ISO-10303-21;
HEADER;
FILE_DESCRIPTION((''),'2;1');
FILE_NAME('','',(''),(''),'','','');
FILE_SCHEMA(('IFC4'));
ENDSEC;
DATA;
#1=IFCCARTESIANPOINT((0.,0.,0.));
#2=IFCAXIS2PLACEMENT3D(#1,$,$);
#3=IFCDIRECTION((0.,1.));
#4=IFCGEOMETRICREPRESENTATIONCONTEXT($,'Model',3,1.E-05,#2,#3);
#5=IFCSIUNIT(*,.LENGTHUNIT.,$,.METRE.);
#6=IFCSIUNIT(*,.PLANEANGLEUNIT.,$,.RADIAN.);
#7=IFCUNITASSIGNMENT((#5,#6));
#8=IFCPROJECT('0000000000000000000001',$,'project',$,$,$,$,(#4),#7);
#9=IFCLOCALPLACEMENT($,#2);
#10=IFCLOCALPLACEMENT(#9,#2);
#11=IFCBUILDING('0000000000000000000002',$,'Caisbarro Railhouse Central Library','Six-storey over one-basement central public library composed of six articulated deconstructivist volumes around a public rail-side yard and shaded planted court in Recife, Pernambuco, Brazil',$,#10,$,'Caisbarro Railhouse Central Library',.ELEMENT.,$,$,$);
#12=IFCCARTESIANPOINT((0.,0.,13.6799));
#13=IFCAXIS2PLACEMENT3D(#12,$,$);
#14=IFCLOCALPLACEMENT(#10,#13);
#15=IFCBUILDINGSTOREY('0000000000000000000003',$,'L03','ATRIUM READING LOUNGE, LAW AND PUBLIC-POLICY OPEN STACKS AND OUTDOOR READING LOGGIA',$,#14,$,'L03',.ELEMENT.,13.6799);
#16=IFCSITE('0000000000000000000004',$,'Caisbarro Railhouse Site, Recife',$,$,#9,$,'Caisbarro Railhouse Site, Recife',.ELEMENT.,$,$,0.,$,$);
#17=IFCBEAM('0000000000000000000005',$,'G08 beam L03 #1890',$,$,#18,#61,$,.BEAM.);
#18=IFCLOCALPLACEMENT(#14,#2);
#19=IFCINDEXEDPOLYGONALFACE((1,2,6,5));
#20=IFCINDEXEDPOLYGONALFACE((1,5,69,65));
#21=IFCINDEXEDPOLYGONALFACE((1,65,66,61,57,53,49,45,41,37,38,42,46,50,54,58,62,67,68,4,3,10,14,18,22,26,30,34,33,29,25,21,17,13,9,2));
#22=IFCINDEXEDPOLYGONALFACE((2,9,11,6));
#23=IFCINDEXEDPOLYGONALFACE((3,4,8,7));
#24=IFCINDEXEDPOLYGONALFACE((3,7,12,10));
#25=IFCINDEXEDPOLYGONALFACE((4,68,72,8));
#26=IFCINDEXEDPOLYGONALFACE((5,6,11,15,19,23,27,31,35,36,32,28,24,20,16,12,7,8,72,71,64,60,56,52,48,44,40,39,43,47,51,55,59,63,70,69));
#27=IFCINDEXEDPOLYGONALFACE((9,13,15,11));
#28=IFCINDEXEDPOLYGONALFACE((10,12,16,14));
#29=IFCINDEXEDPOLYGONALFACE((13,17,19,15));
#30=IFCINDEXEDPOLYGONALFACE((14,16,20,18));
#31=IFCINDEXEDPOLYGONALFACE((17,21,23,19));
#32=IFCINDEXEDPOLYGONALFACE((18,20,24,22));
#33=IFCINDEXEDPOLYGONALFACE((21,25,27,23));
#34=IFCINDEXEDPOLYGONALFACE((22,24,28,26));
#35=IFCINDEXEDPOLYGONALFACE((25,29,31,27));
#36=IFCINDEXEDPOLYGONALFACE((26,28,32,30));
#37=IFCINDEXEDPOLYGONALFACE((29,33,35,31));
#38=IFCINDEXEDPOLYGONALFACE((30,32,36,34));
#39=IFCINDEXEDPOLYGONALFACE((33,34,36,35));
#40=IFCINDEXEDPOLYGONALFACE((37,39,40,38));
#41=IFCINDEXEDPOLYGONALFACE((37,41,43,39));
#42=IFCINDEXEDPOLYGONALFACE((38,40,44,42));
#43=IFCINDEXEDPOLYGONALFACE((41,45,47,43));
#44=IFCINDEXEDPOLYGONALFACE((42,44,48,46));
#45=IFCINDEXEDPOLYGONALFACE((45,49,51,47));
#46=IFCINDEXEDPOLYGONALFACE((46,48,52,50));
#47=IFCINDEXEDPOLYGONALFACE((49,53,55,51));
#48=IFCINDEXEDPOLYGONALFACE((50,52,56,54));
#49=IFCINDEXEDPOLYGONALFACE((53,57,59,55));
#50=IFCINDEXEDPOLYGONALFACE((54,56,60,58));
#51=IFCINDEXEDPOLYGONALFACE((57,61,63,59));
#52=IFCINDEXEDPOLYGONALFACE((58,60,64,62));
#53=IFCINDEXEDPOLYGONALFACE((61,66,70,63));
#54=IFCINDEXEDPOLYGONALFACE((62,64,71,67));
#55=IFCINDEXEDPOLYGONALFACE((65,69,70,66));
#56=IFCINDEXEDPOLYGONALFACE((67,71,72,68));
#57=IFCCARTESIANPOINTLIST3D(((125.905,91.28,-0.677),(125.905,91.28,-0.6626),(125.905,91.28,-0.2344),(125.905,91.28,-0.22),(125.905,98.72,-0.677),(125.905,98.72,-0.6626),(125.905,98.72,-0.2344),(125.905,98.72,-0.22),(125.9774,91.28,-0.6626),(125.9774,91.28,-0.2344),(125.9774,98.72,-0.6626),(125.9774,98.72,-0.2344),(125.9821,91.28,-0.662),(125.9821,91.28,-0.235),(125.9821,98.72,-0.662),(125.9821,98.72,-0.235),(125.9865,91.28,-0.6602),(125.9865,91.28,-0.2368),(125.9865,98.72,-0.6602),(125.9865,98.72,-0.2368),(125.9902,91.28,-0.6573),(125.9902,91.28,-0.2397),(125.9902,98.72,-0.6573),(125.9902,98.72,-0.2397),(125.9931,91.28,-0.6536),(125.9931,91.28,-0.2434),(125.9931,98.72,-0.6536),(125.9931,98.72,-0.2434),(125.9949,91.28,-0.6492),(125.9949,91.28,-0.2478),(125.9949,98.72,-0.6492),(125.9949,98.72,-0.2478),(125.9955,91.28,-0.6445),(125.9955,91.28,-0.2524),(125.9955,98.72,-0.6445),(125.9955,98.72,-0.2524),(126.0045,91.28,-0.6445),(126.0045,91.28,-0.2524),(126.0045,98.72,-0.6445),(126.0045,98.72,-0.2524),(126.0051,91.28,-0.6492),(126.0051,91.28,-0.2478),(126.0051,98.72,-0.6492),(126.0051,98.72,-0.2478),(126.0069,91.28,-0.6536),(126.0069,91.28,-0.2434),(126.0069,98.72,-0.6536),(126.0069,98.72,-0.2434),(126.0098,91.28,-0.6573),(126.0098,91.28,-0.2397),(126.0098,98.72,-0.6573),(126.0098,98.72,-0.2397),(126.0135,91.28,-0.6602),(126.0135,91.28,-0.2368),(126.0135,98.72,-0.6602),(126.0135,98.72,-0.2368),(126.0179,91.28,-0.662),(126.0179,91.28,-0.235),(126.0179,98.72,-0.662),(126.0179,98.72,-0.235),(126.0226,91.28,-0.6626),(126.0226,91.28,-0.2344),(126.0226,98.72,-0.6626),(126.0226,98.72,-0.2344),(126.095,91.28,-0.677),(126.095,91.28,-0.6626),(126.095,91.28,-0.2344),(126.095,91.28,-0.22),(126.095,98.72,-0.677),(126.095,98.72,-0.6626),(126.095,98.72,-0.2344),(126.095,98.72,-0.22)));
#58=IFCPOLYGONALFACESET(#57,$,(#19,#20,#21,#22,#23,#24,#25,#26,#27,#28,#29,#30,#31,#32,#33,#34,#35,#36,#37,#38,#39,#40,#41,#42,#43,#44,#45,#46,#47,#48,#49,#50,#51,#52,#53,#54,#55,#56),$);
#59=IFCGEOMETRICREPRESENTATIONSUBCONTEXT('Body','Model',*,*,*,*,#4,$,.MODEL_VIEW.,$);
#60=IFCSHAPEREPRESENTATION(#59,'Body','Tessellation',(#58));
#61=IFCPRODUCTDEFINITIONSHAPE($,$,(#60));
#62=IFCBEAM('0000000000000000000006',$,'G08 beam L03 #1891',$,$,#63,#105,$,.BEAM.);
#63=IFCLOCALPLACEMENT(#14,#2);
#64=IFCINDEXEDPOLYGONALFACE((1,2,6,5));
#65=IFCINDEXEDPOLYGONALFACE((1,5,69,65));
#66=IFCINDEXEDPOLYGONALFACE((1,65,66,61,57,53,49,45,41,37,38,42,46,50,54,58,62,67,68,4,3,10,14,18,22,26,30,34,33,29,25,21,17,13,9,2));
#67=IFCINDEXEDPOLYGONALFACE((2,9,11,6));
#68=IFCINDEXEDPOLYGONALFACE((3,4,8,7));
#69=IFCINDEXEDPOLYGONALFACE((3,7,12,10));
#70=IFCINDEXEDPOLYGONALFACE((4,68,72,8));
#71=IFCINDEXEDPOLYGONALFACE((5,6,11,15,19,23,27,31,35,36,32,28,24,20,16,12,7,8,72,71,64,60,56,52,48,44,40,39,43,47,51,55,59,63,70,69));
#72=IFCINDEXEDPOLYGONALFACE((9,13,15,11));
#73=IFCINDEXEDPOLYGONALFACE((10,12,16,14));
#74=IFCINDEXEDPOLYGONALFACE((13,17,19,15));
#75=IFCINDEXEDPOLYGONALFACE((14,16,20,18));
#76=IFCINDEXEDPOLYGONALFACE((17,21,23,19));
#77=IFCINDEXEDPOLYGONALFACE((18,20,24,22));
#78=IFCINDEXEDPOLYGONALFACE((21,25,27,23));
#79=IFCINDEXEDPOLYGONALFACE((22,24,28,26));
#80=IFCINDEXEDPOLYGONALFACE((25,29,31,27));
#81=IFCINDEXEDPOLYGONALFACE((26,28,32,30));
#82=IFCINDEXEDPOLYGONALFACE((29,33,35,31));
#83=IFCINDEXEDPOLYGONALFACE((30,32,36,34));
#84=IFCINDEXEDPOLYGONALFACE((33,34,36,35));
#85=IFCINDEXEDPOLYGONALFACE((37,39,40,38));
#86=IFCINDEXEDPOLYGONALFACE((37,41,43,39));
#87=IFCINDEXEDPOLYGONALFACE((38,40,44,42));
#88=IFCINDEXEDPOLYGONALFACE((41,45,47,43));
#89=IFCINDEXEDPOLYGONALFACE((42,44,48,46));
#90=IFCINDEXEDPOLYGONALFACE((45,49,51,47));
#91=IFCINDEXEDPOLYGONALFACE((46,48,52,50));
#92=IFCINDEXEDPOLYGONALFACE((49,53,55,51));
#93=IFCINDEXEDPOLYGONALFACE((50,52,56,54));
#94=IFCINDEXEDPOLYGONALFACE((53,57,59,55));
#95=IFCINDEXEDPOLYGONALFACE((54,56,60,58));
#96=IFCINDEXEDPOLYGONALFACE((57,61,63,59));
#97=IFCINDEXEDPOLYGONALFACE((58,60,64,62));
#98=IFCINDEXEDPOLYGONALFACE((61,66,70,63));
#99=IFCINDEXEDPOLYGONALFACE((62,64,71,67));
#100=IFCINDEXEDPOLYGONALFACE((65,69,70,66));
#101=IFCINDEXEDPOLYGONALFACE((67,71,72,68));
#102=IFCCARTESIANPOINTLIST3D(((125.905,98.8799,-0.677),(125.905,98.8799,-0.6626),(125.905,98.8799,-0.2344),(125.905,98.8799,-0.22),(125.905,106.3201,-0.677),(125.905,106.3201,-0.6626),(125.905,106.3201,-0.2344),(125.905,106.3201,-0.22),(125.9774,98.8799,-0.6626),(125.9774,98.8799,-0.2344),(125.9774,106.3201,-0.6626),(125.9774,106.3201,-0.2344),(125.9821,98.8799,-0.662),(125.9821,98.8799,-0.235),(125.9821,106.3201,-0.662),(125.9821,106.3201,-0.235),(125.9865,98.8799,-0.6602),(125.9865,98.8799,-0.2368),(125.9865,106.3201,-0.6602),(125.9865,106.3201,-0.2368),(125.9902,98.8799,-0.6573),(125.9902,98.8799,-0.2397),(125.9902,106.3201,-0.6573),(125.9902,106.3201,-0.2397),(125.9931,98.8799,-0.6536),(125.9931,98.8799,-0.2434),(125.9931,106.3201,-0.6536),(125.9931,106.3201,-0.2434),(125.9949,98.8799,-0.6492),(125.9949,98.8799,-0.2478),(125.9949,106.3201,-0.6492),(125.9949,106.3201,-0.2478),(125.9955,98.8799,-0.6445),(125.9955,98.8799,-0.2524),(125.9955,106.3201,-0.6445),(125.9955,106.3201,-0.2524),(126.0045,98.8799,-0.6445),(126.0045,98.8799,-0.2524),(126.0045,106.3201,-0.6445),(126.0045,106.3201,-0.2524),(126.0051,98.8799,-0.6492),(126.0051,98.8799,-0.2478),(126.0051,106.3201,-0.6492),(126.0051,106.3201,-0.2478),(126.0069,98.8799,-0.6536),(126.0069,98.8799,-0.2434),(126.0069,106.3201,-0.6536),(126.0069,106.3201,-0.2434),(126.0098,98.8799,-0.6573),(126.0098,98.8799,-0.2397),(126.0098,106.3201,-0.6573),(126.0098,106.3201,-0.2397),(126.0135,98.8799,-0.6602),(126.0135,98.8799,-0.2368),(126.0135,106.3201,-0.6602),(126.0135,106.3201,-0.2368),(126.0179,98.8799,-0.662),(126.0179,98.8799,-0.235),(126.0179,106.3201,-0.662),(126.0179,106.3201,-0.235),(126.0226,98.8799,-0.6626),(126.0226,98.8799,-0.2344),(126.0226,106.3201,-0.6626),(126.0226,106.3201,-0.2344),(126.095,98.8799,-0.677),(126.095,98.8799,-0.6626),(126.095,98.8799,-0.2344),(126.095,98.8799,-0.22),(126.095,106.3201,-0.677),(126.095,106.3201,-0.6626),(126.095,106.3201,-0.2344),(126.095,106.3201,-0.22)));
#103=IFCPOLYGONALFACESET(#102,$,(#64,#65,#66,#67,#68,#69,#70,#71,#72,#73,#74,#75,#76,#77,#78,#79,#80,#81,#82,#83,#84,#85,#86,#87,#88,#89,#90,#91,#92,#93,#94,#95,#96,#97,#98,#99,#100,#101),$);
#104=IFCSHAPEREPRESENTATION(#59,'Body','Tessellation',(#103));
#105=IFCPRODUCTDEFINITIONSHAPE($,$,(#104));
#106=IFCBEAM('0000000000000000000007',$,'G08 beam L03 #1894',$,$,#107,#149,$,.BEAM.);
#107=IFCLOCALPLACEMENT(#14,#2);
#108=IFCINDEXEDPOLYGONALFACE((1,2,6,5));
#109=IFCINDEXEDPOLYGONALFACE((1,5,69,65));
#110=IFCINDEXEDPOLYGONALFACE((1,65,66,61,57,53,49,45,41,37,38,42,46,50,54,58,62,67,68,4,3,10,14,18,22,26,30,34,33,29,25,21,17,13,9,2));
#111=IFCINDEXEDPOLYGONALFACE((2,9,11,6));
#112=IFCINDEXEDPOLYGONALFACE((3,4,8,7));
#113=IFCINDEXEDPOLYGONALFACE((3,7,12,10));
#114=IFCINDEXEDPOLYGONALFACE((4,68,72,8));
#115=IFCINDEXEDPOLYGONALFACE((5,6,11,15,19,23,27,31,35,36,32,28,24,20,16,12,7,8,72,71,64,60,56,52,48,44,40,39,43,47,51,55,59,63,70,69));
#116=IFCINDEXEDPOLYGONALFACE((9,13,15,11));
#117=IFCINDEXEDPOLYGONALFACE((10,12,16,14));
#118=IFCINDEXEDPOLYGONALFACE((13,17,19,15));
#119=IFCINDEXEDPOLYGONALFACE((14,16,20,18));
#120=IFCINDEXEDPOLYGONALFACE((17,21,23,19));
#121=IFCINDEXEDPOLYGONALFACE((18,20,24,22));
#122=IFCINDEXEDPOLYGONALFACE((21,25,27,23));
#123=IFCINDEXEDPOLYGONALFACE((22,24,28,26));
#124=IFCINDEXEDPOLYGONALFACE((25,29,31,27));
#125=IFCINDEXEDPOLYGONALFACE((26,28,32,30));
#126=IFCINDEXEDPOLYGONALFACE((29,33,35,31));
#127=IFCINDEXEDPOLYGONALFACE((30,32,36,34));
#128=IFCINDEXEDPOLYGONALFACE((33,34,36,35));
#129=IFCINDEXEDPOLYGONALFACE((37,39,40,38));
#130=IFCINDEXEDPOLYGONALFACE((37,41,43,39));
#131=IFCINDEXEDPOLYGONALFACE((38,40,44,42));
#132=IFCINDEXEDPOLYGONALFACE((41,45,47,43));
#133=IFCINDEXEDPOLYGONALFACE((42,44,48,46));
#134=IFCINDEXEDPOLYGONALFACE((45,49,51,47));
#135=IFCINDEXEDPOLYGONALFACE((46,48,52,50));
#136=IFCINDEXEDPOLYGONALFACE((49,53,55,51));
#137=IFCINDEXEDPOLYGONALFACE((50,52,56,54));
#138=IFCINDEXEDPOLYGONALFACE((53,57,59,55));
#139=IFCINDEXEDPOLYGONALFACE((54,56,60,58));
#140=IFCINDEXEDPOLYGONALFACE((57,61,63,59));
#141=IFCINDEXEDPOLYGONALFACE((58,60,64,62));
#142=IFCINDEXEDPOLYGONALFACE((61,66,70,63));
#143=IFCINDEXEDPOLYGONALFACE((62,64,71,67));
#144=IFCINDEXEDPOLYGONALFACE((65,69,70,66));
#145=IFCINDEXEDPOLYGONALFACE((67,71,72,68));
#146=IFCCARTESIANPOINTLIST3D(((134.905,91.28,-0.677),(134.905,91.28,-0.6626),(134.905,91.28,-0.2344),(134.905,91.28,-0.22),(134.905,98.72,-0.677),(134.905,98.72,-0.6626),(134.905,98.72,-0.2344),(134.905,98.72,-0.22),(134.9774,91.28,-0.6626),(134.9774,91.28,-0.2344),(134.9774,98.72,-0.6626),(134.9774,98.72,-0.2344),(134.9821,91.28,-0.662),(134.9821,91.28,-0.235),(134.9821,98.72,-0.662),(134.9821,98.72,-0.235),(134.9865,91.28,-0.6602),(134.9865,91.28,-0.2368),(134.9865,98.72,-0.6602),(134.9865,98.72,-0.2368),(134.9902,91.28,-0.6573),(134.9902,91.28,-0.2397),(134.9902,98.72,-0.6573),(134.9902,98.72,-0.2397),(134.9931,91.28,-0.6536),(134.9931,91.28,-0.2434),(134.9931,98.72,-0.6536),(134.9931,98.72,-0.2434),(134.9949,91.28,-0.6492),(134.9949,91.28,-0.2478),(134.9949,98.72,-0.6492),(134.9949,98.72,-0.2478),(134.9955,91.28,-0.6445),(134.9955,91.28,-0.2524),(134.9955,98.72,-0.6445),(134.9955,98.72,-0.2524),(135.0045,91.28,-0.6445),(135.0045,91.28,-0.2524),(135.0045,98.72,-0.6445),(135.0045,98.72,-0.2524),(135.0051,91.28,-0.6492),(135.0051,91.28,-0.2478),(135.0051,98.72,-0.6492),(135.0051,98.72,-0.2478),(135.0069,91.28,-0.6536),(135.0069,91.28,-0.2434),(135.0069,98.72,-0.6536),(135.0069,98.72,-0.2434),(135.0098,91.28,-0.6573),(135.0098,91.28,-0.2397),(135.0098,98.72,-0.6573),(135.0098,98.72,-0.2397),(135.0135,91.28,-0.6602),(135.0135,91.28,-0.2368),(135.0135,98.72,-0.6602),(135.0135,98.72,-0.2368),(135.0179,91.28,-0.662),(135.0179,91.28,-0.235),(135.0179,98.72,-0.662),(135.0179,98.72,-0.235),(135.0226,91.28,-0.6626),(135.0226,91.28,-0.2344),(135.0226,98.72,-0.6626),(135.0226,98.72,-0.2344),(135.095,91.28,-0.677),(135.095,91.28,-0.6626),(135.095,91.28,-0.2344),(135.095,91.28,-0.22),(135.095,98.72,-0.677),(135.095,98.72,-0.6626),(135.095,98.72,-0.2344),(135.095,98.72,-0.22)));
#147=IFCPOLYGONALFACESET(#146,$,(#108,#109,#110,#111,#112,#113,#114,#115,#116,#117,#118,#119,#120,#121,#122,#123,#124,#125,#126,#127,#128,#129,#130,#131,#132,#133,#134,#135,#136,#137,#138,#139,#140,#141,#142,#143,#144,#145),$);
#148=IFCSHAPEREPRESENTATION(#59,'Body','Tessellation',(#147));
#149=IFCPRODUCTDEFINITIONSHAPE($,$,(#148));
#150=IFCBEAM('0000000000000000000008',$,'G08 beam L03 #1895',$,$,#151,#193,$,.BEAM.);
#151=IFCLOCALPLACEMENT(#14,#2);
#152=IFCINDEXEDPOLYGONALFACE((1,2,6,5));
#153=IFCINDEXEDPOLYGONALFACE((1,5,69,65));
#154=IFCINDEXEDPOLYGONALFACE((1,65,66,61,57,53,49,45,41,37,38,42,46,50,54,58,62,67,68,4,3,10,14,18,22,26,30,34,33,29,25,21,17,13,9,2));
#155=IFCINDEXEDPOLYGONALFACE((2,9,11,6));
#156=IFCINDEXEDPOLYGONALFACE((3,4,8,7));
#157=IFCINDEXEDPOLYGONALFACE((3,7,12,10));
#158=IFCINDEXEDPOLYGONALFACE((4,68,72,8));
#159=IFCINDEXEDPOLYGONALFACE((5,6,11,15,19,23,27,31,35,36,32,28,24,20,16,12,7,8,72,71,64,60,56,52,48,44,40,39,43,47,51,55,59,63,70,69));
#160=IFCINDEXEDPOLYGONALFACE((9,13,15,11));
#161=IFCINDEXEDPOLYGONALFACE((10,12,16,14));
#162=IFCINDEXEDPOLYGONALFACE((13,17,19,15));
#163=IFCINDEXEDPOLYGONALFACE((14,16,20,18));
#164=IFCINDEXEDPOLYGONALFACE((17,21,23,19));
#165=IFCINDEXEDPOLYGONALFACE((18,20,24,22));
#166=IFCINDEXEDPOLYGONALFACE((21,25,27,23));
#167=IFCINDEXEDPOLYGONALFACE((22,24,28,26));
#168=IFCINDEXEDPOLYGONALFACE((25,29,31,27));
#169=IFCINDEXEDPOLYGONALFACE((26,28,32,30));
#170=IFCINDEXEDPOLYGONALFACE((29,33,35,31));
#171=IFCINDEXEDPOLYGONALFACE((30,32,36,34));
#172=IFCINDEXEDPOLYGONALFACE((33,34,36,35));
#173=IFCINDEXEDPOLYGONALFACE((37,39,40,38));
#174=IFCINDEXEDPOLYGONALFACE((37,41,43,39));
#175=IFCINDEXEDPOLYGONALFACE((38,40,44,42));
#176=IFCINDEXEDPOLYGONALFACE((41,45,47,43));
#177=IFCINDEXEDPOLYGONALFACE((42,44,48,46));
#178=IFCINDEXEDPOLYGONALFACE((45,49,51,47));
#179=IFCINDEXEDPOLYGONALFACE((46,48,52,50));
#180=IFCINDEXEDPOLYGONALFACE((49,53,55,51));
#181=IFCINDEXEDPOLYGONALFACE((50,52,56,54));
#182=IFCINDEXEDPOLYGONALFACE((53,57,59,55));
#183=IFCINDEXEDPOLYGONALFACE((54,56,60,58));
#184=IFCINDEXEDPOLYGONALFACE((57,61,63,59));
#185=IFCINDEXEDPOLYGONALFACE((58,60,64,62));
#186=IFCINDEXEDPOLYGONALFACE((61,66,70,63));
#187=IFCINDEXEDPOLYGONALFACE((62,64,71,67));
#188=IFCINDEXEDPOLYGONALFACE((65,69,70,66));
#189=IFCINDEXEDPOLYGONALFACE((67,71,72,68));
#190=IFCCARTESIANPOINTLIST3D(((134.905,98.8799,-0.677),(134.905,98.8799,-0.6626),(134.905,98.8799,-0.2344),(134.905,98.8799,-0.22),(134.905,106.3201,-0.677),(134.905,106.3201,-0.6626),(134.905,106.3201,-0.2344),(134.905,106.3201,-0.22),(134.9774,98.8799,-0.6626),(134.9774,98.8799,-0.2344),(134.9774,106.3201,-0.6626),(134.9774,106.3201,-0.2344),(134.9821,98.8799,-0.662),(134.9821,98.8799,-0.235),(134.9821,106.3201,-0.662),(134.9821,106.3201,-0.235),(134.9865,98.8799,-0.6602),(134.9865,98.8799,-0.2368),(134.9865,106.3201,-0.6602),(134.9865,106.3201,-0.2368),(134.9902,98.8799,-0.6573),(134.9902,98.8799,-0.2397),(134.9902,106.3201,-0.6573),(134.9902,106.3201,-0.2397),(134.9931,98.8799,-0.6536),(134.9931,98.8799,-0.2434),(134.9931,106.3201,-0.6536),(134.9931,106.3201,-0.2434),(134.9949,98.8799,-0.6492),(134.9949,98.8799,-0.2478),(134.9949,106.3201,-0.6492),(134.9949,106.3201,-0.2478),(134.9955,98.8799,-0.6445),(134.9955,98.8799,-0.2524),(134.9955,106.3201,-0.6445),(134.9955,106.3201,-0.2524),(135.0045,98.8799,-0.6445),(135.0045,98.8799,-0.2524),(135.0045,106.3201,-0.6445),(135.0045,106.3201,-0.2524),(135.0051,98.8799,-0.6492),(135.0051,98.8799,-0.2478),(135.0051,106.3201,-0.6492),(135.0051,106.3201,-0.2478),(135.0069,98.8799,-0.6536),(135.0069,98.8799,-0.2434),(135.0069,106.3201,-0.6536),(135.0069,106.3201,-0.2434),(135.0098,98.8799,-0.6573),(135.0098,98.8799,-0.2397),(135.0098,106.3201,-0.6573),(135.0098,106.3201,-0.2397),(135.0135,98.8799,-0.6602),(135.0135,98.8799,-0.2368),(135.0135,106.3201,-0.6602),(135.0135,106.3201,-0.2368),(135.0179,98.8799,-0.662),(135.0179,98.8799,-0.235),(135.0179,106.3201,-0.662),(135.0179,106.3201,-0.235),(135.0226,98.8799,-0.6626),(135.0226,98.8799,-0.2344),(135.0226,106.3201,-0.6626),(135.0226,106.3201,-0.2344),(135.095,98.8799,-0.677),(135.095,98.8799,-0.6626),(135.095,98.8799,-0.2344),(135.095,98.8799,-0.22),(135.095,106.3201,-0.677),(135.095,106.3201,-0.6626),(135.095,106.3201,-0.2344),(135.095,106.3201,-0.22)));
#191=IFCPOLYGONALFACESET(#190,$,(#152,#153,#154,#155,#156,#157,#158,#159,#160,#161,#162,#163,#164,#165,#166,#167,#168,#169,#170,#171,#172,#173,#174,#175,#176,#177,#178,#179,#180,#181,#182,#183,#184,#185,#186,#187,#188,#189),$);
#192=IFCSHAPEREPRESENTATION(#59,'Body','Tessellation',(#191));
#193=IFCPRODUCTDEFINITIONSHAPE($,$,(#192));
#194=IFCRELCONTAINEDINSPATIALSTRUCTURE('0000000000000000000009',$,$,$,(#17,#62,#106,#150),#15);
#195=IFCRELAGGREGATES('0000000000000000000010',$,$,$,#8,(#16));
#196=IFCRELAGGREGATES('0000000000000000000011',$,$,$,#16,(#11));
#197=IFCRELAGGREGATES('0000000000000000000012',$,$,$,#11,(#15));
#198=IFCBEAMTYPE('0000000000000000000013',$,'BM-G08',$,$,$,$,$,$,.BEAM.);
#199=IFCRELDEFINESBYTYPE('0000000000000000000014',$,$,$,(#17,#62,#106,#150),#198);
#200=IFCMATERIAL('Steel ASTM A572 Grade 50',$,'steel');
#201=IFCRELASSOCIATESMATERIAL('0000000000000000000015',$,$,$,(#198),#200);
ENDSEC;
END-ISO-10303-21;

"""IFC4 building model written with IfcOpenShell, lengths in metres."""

from ifc_helpers import new_model, si_unit, direction, frame, origin, origin_2d, place, context, subcontext, project, spatial, i_section, extrude, material, material_profile, profile_set, type_object, element, save


model = new_model("IFC4")

# Units and contexts
model_context = context("Model", 3, precision=1e-05, world=origin(), true_north=direction((0.0, 1.0)))
body_context = subcontext(model_context, "Body", "Model", "MODEL_VIEW")
ifc_project = project(units=[si_unit("LENGTHUNIT", "METRE"), si_unit("PLANEANGLEUNIT", "RADIAN")], contexts=[model_context])

# Site, building, storey
site_placement = place(None, origin())
site = spatial("IfcSite", under=ifc_project, at=site_placement, Name="Caisbarro Railhouse Site, Recife", LongName="Caisbarro Railhouse Site, Recife", CompositionType="ELEMENT", RefElevation=0.0)
building_placement = place(site_placement, origin())
building = spatial("IfcBuilding", under=site, at=building_placement, Name="Caisbarro Railhouse Central Library", Description="Six-storey over one-basement central public library composed of six articulated deconstructivist volumes around a public rail-side yard and shaded planted court in Recife, Pernambuco, Brazil", LongName="Caisbarro Railhouse Central Library", CompositionType="ELEMENT")
storey_placement = place(building_placement, frame((0.0, 0.0, 13.6799)))
storey = spatial("IfcBuildingStorey", under=building, at=storey_placement, Name="L03", Description="ATRIUM READING LOUNGE, LAW AND PUBLIC-POLICY OPEN STACKS AND OUTDOOR READING LOGGIA", LongName="L03", CompositionType="ELEMENT", Elevation=13.6799)

# Shared definitions
ifc_material_1 = material(Name="Steel ASTM A572 Grade 50", Category="steel")

# Beams
ifc_material_profile_1 = material_profile(ifc_material_1, i_section(OverallWidth=0.1899, OverallDepth=0.457, WebThickness=0.009, FlangeThickness=0.0144, FilletRadius=0.0181, at=origin_2d()), Name="W460X74.0")
ifc_profile_set_1 = profile_set([ifc_material_profile_1], Name="Steel ASTM A572 Grade 50")
beam_type_1 = type_object("IfcBeamType", Name="BM-G08", PredefinedType="BEAM", material=ifc_profile_set_1)
beam_1_placement = place(storey_placement, frame((126.0, 91.28, -0.4485), z_axis=(0.0, 1.0, 0.0), x_axis=(-1.0, 0.0, 0.0)))
element("IfcBeam", 1, at=beam_1_placement, inside=storey, type_object=beam_type_1, Name="G08 beam L03 #1890", PredefinedType="BEAM", context=body_context, shape_type="SweptSolid", body=[
    extrude(i_section(OverallWidth=0.1899, OverallDepth=0.457, WebThickness=0.009, FlangeThickness=0.0144, FilletRadius=0.0181, at=origin_2d()), origin(), (0.0, 0.0, 1.0), 7.4399),
])
beam_2_placement = place(storey_placement, frame((126.0, 98.8799, -0.4485), z_axis=(0.0, 1.0, 0.0), x_axis=(-1.0, 0.0, 0.0)))
element("IfcBeam", 2, at=beam_2_placement, inside=storey, type_object=beam_type_1, Name="G08 beam L03 #1891", PredefinedType="BEAM", context=body_context, shape_type="SweptSolid", body=[
    extrude(i_section(OverallWidth=0.1899, OverallDepth=0.457, WebThickness=0.009, FlangeThickness=0.0144, FilletRadius=0.0181, at=origin_2d()), origin(), (0.0, 0.0, 1.0), 7.4402),
])
beam_3_placement = place(storey_placement, frame((135.0, 91.28, -0.4485), z_axis=(0.0, 1.0, 0.0), x_axis=(-1.0, 0.0, 0.0)))
element("IfcBeam", 3, at=beam_3_placement, inside=storey, type_object=beam_type_1, Name="G08 beam L03 #1894", PredefinedType="BEAM", context=body_context, shape_type="SweptSolid", body=[
    extrude(i_section(OverallWidth=0.1899, OverallDepth=0.457, WebThickness=0.009, FlangeThickness=0.0144, FilletRadius=0.0181, at=origin_2d()), origin(), (0.0, 0.0, 1.0), 7.4399),
])
beam_4_placement = place(storey_placement, frame((135.0, 98.8799, -0.4485), z_axis=(0.0, 1.0, 0.0), x_axis=(-1.0, 0.0, 0.0)))
element("IfcBeam", 4, at=beam_4_placement, inside=storey, type_object=beam_type_1, Name="G08 beam L03 #1895", PredefinedType="BEAM", context=body_context, shape_type="SweptSolid", body=[
    extrude(i_section(OverallWidth=0.1899, OverallDepth=0.457, WebThickness=0.009, FlangeThickness=0.0144, FilletRadius=0.0181, at=origin_2d()), origin(), (0.0, 0.0, 1.0), 7.4402),
])

save(model, "model.ifc")
